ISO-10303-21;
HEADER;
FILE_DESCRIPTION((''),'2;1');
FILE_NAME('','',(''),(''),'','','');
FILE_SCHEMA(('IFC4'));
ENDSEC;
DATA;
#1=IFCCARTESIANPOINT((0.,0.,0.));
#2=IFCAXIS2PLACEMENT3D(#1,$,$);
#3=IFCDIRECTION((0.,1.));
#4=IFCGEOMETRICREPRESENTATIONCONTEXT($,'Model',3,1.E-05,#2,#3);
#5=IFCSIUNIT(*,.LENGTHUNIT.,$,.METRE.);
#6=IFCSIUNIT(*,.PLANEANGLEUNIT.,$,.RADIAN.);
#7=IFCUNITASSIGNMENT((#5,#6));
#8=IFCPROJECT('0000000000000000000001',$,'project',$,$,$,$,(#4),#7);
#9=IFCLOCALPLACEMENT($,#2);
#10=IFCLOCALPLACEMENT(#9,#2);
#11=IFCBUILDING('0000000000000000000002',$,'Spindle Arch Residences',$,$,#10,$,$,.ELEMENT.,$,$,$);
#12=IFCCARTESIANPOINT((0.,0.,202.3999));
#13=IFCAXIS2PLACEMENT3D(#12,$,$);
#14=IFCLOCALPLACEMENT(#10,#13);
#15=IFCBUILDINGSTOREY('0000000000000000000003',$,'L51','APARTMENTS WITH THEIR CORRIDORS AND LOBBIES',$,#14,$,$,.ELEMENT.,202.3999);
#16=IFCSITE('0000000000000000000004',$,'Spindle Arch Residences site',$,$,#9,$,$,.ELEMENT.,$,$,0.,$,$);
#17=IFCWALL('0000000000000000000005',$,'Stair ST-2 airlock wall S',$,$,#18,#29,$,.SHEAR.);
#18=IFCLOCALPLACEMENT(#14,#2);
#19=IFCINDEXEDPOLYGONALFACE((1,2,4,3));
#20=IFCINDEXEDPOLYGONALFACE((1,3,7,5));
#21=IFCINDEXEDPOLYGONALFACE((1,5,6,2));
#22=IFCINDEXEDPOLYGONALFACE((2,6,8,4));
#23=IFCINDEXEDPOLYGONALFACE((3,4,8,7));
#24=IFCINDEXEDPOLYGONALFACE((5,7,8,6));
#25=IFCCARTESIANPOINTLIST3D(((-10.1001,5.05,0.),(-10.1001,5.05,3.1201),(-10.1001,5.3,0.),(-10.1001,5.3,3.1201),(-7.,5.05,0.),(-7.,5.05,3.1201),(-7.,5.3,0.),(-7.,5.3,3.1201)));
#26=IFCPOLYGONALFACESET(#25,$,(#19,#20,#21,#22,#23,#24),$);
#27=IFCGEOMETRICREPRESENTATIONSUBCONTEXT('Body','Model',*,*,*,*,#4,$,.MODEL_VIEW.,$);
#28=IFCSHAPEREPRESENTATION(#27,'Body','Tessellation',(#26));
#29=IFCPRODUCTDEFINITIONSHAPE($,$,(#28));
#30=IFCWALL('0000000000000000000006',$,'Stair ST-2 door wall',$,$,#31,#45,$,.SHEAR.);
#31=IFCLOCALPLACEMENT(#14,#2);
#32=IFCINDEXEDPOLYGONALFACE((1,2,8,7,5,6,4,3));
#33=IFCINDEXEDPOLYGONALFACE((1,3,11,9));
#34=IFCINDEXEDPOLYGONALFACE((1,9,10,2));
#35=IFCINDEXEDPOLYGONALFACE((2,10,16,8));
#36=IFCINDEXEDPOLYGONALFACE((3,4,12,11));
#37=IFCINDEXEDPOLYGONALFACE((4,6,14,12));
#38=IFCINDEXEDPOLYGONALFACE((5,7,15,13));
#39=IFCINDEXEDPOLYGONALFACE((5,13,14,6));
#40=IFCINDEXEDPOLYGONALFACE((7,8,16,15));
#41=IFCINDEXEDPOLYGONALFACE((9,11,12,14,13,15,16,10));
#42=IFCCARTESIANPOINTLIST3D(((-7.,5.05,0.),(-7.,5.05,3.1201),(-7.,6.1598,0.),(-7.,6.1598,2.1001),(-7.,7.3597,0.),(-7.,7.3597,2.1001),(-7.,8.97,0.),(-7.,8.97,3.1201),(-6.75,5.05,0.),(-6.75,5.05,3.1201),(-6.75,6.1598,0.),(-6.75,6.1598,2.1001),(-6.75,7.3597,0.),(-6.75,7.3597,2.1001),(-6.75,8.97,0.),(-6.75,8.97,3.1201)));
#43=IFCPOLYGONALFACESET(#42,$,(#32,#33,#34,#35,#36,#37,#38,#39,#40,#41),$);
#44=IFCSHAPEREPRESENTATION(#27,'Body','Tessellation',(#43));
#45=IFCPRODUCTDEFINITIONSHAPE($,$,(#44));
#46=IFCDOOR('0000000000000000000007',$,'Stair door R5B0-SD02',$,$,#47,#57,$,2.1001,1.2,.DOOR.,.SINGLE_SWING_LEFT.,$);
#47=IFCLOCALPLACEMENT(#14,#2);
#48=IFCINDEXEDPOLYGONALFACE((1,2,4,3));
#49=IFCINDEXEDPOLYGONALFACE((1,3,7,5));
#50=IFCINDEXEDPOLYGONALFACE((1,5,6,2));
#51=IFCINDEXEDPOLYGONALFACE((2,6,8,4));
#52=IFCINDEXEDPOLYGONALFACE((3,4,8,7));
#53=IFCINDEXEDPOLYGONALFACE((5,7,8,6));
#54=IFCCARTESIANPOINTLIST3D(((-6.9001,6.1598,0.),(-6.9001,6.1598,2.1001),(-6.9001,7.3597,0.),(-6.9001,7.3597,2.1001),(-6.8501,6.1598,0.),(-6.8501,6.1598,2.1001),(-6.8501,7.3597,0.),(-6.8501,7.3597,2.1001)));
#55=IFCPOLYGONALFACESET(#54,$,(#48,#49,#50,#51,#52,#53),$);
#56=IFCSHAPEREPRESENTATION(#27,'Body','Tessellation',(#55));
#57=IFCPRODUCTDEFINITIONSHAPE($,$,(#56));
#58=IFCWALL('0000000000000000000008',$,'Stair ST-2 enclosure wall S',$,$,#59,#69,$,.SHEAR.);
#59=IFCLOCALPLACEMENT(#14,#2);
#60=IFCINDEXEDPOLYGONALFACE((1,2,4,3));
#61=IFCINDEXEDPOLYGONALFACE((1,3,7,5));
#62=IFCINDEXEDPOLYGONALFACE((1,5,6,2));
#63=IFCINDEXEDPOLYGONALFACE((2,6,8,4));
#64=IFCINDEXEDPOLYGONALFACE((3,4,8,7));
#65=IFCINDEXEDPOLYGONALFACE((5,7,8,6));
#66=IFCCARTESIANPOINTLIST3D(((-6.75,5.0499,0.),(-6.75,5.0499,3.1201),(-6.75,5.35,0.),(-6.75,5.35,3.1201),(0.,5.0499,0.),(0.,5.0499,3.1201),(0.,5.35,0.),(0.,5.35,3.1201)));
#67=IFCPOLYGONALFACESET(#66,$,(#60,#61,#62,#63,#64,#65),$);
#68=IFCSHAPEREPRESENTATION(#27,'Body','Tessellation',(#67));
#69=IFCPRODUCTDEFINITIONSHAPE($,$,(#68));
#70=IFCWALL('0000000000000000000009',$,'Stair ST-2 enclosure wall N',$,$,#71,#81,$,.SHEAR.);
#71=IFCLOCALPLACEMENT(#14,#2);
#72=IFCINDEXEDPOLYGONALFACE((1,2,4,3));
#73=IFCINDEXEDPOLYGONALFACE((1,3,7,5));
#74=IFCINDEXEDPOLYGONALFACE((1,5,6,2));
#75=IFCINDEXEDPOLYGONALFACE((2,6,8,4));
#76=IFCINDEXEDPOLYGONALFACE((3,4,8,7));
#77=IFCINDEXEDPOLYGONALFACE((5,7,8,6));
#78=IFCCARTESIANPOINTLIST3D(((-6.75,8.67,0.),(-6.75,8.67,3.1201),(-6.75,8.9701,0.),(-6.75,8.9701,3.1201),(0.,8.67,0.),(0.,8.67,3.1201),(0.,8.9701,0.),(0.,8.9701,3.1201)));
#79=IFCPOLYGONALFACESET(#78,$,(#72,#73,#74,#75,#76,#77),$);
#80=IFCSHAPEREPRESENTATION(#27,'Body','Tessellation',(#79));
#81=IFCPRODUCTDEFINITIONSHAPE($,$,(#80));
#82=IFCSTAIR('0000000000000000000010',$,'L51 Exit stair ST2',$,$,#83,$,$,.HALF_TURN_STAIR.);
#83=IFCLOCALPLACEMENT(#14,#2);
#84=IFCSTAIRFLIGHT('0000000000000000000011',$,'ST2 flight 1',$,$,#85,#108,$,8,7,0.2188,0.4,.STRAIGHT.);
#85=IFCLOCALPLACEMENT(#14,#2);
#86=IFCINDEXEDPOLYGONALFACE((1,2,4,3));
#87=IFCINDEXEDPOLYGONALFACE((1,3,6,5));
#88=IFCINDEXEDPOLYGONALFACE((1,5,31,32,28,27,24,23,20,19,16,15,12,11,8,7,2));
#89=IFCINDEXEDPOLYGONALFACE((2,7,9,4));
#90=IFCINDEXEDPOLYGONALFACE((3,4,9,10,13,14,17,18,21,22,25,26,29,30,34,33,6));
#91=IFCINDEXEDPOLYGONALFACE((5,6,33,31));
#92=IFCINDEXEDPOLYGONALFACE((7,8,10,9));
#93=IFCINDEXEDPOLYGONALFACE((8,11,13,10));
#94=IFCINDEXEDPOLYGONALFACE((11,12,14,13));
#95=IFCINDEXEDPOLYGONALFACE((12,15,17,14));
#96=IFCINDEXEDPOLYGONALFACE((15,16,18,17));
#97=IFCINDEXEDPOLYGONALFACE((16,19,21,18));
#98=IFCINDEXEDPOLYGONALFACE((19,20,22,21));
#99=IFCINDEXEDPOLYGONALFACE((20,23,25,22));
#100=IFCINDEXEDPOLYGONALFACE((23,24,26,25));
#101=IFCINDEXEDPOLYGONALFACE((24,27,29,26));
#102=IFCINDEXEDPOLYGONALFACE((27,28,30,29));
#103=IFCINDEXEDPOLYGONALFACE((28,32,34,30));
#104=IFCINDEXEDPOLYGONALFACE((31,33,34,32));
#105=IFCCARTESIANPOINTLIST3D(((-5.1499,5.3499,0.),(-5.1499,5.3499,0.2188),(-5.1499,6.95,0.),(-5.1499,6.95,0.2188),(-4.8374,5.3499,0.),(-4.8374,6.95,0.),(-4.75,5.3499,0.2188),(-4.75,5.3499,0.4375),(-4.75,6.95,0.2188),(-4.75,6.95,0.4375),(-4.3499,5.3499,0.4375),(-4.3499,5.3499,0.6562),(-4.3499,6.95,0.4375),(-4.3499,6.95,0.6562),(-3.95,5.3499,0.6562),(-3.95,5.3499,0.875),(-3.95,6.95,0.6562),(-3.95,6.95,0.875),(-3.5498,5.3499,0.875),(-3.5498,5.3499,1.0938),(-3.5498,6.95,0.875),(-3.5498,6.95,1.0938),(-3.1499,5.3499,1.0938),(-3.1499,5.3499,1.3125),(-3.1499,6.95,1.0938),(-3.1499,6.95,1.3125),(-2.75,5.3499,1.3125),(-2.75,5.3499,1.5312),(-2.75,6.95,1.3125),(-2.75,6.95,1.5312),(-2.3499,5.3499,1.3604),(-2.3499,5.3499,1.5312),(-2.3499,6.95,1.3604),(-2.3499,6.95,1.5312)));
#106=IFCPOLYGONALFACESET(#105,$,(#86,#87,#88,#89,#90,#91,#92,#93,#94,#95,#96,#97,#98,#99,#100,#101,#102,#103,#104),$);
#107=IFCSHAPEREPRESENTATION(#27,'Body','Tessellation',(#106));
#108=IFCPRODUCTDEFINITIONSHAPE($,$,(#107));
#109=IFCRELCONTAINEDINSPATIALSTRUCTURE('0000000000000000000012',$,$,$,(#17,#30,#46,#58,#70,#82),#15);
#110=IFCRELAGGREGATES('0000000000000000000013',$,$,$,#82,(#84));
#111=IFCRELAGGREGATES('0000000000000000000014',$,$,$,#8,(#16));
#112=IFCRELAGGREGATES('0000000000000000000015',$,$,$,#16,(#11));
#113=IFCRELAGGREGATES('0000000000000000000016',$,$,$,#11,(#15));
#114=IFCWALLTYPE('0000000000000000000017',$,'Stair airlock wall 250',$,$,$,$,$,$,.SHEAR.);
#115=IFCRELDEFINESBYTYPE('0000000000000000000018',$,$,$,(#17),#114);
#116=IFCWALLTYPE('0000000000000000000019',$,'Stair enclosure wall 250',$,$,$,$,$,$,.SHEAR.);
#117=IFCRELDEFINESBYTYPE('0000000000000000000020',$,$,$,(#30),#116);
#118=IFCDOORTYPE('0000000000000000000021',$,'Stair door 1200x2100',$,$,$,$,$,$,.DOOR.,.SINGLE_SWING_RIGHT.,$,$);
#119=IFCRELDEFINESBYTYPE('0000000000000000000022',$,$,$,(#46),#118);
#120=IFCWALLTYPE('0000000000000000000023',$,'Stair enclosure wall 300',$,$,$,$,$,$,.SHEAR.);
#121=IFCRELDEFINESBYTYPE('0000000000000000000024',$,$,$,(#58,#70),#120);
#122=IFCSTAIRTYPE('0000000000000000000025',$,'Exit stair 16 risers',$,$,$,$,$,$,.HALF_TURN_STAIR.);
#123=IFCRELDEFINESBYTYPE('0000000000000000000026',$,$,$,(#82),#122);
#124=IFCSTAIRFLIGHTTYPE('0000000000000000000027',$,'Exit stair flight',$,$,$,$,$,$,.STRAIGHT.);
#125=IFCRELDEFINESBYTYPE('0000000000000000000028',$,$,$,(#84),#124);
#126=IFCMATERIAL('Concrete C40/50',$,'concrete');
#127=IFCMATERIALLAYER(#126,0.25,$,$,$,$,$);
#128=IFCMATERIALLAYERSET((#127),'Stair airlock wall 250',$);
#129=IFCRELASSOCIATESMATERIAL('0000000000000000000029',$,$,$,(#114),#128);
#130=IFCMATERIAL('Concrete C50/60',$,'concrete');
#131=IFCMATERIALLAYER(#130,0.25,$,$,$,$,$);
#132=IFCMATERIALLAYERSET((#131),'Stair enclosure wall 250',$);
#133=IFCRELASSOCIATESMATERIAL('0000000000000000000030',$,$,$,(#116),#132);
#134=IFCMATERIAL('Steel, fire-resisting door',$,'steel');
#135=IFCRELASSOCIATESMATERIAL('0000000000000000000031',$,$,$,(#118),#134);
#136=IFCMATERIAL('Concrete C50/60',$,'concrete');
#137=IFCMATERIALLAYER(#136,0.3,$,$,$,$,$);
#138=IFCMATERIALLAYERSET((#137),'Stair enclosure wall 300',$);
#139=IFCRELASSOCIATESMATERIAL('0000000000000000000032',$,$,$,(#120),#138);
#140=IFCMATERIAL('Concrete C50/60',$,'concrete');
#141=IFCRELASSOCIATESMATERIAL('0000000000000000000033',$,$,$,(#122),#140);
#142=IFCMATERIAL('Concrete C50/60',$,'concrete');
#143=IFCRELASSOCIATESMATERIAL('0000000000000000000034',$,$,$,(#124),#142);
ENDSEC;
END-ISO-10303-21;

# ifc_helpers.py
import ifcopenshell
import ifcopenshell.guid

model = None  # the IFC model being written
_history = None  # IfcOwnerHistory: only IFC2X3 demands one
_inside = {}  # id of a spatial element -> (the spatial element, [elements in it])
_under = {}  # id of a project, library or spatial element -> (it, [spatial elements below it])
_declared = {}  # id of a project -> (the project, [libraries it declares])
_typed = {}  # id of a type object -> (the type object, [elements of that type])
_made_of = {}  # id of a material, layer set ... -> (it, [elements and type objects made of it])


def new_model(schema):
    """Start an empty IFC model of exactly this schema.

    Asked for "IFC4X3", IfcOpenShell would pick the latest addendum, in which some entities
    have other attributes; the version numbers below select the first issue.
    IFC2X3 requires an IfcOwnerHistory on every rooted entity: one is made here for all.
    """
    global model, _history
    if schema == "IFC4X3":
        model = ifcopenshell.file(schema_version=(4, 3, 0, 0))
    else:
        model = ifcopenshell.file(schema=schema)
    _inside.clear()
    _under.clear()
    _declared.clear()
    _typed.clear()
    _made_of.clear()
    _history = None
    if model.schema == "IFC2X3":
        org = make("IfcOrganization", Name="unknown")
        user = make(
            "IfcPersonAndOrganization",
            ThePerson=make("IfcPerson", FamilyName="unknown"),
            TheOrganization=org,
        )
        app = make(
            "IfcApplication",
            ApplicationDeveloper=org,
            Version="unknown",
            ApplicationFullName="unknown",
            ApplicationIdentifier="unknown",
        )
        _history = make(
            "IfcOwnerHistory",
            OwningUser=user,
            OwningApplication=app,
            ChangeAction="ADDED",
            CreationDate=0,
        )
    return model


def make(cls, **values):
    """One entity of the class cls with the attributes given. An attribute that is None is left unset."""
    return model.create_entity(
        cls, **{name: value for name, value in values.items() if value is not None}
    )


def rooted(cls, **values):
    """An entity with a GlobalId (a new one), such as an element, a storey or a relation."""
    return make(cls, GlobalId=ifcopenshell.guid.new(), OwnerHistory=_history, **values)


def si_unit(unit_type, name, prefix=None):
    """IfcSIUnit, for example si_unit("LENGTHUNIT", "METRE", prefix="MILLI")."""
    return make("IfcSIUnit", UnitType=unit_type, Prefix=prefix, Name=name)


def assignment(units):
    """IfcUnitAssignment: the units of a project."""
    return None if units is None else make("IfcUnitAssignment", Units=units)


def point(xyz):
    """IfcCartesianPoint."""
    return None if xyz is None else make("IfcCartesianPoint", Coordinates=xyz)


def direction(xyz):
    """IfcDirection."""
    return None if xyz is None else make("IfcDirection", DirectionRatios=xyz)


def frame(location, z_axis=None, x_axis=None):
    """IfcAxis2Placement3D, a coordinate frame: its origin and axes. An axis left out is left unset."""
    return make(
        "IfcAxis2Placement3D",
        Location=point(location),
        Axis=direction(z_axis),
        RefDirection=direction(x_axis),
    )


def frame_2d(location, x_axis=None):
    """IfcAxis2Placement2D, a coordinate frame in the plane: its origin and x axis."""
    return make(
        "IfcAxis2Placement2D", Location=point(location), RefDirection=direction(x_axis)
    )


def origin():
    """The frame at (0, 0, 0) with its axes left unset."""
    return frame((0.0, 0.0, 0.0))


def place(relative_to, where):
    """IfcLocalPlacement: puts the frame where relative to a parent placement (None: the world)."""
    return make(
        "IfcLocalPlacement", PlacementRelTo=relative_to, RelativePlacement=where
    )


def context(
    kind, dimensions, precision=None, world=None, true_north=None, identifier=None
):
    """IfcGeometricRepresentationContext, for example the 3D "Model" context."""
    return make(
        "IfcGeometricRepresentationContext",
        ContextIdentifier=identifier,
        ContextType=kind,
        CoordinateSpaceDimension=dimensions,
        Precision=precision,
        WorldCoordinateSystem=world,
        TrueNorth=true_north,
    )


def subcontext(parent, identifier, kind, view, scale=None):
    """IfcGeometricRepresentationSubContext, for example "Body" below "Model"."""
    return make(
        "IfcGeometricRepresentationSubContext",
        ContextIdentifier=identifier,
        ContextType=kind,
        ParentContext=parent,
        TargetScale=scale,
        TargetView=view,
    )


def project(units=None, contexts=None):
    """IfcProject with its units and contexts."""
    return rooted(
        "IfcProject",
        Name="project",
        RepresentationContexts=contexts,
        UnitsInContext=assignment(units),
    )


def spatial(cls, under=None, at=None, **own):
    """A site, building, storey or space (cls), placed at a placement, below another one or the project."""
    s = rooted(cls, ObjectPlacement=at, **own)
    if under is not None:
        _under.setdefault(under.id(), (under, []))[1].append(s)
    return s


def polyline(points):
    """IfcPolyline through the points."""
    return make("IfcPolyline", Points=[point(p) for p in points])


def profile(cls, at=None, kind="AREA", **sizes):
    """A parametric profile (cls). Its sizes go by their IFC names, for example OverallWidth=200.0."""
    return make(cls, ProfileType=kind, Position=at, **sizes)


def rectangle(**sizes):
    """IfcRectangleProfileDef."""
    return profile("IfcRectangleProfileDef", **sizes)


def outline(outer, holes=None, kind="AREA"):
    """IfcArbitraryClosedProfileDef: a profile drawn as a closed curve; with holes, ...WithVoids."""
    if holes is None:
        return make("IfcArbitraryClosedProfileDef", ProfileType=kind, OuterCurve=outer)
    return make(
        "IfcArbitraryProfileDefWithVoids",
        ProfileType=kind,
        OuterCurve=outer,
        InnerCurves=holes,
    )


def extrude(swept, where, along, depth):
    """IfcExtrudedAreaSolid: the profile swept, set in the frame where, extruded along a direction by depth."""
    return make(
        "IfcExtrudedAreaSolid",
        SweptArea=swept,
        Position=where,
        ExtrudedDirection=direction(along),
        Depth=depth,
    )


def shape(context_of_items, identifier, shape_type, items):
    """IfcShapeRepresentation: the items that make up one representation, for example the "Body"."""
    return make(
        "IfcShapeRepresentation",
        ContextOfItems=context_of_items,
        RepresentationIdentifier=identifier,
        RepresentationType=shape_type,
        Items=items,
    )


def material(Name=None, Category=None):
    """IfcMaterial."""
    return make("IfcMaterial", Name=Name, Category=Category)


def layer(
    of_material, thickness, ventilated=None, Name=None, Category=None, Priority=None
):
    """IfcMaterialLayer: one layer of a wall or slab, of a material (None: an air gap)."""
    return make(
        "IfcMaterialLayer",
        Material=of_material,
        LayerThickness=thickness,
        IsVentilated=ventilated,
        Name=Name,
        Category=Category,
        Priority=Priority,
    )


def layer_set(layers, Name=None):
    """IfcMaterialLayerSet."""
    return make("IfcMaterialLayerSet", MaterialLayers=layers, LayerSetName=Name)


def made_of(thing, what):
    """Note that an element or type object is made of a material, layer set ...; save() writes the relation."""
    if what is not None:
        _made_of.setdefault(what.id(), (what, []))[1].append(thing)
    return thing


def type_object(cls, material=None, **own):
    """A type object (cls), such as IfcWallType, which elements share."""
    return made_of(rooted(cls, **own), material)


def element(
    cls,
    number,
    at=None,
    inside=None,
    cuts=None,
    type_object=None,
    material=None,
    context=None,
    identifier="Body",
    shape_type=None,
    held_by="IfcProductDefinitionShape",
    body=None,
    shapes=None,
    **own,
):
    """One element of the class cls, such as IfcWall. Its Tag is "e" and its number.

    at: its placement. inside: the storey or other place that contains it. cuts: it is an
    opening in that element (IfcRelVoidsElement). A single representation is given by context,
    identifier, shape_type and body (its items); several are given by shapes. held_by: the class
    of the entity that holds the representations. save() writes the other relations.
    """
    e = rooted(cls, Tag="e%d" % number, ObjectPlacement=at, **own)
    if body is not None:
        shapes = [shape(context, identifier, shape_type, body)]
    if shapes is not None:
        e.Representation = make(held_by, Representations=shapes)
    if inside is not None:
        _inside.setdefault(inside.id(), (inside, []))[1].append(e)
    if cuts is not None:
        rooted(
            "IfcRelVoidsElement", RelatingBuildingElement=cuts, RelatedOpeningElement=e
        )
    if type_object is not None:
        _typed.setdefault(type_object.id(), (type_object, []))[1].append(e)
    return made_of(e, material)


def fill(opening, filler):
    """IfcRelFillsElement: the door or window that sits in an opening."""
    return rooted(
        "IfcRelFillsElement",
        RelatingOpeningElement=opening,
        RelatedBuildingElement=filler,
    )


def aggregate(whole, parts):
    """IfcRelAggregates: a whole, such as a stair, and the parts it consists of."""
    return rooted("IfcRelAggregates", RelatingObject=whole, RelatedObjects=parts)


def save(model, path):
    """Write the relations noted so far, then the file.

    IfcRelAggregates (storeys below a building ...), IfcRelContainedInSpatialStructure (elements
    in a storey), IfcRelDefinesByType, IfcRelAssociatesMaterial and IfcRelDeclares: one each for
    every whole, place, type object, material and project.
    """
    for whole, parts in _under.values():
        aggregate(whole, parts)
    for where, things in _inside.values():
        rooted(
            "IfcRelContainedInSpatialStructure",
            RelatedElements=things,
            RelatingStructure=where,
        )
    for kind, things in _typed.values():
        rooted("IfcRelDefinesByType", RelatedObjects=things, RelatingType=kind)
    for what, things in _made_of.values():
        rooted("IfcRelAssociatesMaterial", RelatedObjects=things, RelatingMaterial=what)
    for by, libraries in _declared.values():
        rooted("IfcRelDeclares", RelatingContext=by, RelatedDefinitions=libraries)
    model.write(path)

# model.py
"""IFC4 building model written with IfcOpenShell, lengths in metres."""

from ifc_helpers import new_model, si_unit, direction, frame, frame_2d, origin, place, context, subcontext, project, spatial, polyline, rectangle, outline, extrude, material, layer, layer_set, type_object, element, fill, aggregate, save


model = new_model("IFC4")

# Units and contexts
model_context = context("Model", 3, precision=1e-05, world=origin(), true_north=direction((0.0, 1.0)))
body_context = subcontext(model_context, "Body", "Model", "MODEL_VIEW")
ifc_project = project(units=[si_unit("LENGTHUNIT", "METRE"), si_unit("PLANEANGLEUNIT", "RADIAN")], contexts=[model_context])

# Site, building, storey
site_placement = place(None, origin())
site = spatial("IfcSite", under=ifc_project, at=site_placement, Name="Spindle Arch Residences site", CompositionType="ELEMENT", RefElevation=0.0)
building_placement = place(site_placement, origin())
building = spatial("IfcBuilding", under=site, at=building_placement, Name="Spindle Arch Residences", CompositionType="ELEMENT")
storey_placement = place(building_placement, frame((0.0, 0.0, 202.3999)))
storey = spatial("IfcBuildingStorey", under=building, at=storey_placement, Name="L51", Description="APARTMENTS WITH THEIR CORRIDORS AND LOBBIES", CompositionType="ELEMENT", Elevation=202.3999)

# Wall
ifc_material_1 = material(Name="Concrete C40/50", Category="concrete")
ifc_layer_1 = layer(ifc_material_1, 0.25)
ifc_layer_set_1 = layer_set([ifc_layer_1], Name="Stair airlock wall 250")
wall_type_1 = type_object("IfcWallType", Name="Stair airlock wall 250", PredefinedType="SHEAR", material=ifc_layer_set_1)
wall_1_placement = place(storey_placement, frame((-7.0, 5.175, 0.0), z_axis=(0.0, 0.0, 1.0), x_axis=(-1.0, 0.0, 0.0)))
element("IfcWall", 1, at=wall_1_placement, inside=storey, type_object=wall_type_1, Name="Stair ST-2 airlock wall S", PredefinedType="SHEAR", context=body_context, shape_type="SweptSolid", body=[
    extrude(rectangle(XDim=3.1001, YDim=0.25, at=frame_2d((1.55, 0.0))), origin(), (0.0, 0.0, 1.0), 3.1201),
])

# Wall, opening, door
ifc_material_2 = material(Name="Concrete C50/60", Category="concrete")
ifc_layer_2 = layer(ifc_material_2, 0.25)
ifc_layer_set_2 = layer_set([ifc_layer_2], Name="Stair enclosure wall 250")
wall_type_2 = type_object("IfcWallType", Name="Stair enclosure wall 250", PredefinedType="SHEAR", material=ifc_layer_set_2)
wall_2_placement = place(storey_placement, frame((-6.875, 8.97, 0.0), z_axis=(0.0, 0.0, 1.0), x_axis=(0.0, -1.0, 0.0)))
wall_2 = element("IfcWall", 2, at=wall_2_placement, inside=storey, type_object=wall_type_2, Name="Stair ST-2 door wall", PredefinedType="SHEAR", context=body_context, shape_type="SweptSolid", body=[
    extrude(rectangle(XDim=3.9199, YDim=0.25, at=frame_2d((1.96, 0.0))), origin(), (0.0, 0.0, 1.0), 3.1201),
])
opening_1_placement = place(wall_2_placement, frame((1.6101, 0.0, 0.0)))
opening_1 = element("IfcOpeningElement", 3, at=opening_1_placement, cuts=wall_2, PredefinedType="OPENING", context=body_context, shape_type="SweptSolid", body=[
    extrude(rectangle(XDim=1.2, YDim=2.1001, at=frame_2d((0.6001, 1.05))), frame((0.0, 0.135, 0.0), z_axis=(0.0, -1.0, 0.0), x_axis=(1.0, 0.0, 0.0)), (0.0, 0.0, 1.0), 0.27),
])
ifc_material_3 = material(Name="Steel, fire-resisting door", Category="steel")
door_type_1 = type_object("IfcDoorType", Name="Stair door 1200x2100", OperationType="SINGLE_SWING_RIGHT", PredefinedType="DOOR", material=ifc_material_3)
door_1_placement = place(opening_1_placement, origin())
door_1 = element("IfcDoor", 4, at=door_1_placement, inside=storey, type_object=door_type_1, Name="Stair door R5B0-SD02", OperationType="SINGLE_SWING_LEFT", OverallHeight=2.1001, OverallWidth=1.2, PredefinedType="DOOR", context=body_context, shape_type="SweptSolid", body=[
    extrude(rectangle(XDim=1.2, YDim=2.1001, at=frame_2d((0.6001, 1.05))), frame((0.0, 0.0249, 0.0), z_axis=(0.0, -1.0, 0.0), x_axis=(1.0, 0.0, 0.0)), (0.0, 0.0, 1.0), 0.05),
])
fill(opening_1, door_1)

# Walls
ifc_material_4 = material(Name="Concrete C50/60", Category="concrete")
ifc_layer_3 = layer(ifc_material_4, 0.3)
ifc_layer_set_3 = layer_set([ifc_layer_3], Name="Stair enclosure wall 300")
wall_type_3 = type_object("IfcWallType", Name="Stair enclosure wall 300", PredefinedType="SHEAR", material=ifc_layer_set_3)
for number, where, z_axis, x_axis, name in (
    (5, (-6.75, 5.2, 0.0), (0.0, 0.0, 1.0), (1.0, 0.0, 0.0), "Stair ST-2 enclosure wall S"),
    (6, (-6.75, 8.8201, 0.0), (0.0, 0.0, 1.0), (1.0, 0.0, 0.0), "Stair ST-2 enclosure wall N"),
):
    element("IfcWall", number, at=place(storey_placement, frame(where, z_axis=z_axis, x_axis=x_axis)), inside=storey, type_object=wall_type_3, Name=name, PredefinedType="SHEAR", context=body_context, shape_type="SweptSolid", body=[
        extrude(rectangle(XDim=6.75, YDim=0.3, at=frame_2d((3.375, 0.0))), origin(), (0.0, 0.0, 1.0), 3.1201),
    ])

# Stair, stair flight
ifc_material_5 = material(Name="Concrete C50/60", Category="concrete")
stair_type = type_object("IfcStairType", Name="Exit stair 16 risers", PredefinedType="HALF_TURN_STAIR", material=ifc_material_5)
stair_placement = place(storey_placement, origin())
stair = element("IfcStair", 7, at=stair_placement, inside=storey, type_object=stair_type, Name="L51 Exit stair ST2", PredefinedType="HALF_TURN_STAIR")
ifc_material_6 = material(Name="Concrete C50/60", Category="concrete")
stair_flight_type = type_object("IfcStairFlightType", Name="Exit stair flight", PredefinedType="STRAIGHT", material=ifc_material_6)
stair_flight_placement = place(storey_placement, frame((-5.1499, 6.1499, 0.0), z_axis=(0.0, 0.0, 1.0), x_axis=(1.0, 0.0, 0.0)))
stair_flight = element("IfcStairFlight", 8, at=stair_flight_placement, type_object=stair_flight_type, Name="ST2 flight 1", NumberOfRisers=8, NumberOfTreads=7, PredefinedType="STRAIGHT", RiserHeight=0.2188, TreadLength=0.4, context=body_context, shape_type="SweptSolid", body=[
    extrude(outline(polyline([(0.0, 0.0), (0.0, 0.2188), (0.3999, 0.2188), (0.3999, 0.4375), (0.8, 0.4375), (0.8, 0.6562), (1.2, 0.6562), (1.2, 0.875), (1.6001, 0.875), (1.6001, 1.0938), (2.0, 1.0938), (2.0, 1.3125), (2.3999, 1.3125), (2.3999, 1.5312), (2.8, 1.5312), (2.8, 1.75), (2.8, 1.3604), (0.3125, 0.0), (0.0, 0.0)])), frame((0.0, 0.8, 0.0), z_axis=(0.0, -1.0, 0.0), x_axis=(1.0, 0.0, 0.0)), (0.0, 0.0, 1.0), 1.6001),
])
aggregate(stair, [stair_flight])

save(model, "model.ifc")
